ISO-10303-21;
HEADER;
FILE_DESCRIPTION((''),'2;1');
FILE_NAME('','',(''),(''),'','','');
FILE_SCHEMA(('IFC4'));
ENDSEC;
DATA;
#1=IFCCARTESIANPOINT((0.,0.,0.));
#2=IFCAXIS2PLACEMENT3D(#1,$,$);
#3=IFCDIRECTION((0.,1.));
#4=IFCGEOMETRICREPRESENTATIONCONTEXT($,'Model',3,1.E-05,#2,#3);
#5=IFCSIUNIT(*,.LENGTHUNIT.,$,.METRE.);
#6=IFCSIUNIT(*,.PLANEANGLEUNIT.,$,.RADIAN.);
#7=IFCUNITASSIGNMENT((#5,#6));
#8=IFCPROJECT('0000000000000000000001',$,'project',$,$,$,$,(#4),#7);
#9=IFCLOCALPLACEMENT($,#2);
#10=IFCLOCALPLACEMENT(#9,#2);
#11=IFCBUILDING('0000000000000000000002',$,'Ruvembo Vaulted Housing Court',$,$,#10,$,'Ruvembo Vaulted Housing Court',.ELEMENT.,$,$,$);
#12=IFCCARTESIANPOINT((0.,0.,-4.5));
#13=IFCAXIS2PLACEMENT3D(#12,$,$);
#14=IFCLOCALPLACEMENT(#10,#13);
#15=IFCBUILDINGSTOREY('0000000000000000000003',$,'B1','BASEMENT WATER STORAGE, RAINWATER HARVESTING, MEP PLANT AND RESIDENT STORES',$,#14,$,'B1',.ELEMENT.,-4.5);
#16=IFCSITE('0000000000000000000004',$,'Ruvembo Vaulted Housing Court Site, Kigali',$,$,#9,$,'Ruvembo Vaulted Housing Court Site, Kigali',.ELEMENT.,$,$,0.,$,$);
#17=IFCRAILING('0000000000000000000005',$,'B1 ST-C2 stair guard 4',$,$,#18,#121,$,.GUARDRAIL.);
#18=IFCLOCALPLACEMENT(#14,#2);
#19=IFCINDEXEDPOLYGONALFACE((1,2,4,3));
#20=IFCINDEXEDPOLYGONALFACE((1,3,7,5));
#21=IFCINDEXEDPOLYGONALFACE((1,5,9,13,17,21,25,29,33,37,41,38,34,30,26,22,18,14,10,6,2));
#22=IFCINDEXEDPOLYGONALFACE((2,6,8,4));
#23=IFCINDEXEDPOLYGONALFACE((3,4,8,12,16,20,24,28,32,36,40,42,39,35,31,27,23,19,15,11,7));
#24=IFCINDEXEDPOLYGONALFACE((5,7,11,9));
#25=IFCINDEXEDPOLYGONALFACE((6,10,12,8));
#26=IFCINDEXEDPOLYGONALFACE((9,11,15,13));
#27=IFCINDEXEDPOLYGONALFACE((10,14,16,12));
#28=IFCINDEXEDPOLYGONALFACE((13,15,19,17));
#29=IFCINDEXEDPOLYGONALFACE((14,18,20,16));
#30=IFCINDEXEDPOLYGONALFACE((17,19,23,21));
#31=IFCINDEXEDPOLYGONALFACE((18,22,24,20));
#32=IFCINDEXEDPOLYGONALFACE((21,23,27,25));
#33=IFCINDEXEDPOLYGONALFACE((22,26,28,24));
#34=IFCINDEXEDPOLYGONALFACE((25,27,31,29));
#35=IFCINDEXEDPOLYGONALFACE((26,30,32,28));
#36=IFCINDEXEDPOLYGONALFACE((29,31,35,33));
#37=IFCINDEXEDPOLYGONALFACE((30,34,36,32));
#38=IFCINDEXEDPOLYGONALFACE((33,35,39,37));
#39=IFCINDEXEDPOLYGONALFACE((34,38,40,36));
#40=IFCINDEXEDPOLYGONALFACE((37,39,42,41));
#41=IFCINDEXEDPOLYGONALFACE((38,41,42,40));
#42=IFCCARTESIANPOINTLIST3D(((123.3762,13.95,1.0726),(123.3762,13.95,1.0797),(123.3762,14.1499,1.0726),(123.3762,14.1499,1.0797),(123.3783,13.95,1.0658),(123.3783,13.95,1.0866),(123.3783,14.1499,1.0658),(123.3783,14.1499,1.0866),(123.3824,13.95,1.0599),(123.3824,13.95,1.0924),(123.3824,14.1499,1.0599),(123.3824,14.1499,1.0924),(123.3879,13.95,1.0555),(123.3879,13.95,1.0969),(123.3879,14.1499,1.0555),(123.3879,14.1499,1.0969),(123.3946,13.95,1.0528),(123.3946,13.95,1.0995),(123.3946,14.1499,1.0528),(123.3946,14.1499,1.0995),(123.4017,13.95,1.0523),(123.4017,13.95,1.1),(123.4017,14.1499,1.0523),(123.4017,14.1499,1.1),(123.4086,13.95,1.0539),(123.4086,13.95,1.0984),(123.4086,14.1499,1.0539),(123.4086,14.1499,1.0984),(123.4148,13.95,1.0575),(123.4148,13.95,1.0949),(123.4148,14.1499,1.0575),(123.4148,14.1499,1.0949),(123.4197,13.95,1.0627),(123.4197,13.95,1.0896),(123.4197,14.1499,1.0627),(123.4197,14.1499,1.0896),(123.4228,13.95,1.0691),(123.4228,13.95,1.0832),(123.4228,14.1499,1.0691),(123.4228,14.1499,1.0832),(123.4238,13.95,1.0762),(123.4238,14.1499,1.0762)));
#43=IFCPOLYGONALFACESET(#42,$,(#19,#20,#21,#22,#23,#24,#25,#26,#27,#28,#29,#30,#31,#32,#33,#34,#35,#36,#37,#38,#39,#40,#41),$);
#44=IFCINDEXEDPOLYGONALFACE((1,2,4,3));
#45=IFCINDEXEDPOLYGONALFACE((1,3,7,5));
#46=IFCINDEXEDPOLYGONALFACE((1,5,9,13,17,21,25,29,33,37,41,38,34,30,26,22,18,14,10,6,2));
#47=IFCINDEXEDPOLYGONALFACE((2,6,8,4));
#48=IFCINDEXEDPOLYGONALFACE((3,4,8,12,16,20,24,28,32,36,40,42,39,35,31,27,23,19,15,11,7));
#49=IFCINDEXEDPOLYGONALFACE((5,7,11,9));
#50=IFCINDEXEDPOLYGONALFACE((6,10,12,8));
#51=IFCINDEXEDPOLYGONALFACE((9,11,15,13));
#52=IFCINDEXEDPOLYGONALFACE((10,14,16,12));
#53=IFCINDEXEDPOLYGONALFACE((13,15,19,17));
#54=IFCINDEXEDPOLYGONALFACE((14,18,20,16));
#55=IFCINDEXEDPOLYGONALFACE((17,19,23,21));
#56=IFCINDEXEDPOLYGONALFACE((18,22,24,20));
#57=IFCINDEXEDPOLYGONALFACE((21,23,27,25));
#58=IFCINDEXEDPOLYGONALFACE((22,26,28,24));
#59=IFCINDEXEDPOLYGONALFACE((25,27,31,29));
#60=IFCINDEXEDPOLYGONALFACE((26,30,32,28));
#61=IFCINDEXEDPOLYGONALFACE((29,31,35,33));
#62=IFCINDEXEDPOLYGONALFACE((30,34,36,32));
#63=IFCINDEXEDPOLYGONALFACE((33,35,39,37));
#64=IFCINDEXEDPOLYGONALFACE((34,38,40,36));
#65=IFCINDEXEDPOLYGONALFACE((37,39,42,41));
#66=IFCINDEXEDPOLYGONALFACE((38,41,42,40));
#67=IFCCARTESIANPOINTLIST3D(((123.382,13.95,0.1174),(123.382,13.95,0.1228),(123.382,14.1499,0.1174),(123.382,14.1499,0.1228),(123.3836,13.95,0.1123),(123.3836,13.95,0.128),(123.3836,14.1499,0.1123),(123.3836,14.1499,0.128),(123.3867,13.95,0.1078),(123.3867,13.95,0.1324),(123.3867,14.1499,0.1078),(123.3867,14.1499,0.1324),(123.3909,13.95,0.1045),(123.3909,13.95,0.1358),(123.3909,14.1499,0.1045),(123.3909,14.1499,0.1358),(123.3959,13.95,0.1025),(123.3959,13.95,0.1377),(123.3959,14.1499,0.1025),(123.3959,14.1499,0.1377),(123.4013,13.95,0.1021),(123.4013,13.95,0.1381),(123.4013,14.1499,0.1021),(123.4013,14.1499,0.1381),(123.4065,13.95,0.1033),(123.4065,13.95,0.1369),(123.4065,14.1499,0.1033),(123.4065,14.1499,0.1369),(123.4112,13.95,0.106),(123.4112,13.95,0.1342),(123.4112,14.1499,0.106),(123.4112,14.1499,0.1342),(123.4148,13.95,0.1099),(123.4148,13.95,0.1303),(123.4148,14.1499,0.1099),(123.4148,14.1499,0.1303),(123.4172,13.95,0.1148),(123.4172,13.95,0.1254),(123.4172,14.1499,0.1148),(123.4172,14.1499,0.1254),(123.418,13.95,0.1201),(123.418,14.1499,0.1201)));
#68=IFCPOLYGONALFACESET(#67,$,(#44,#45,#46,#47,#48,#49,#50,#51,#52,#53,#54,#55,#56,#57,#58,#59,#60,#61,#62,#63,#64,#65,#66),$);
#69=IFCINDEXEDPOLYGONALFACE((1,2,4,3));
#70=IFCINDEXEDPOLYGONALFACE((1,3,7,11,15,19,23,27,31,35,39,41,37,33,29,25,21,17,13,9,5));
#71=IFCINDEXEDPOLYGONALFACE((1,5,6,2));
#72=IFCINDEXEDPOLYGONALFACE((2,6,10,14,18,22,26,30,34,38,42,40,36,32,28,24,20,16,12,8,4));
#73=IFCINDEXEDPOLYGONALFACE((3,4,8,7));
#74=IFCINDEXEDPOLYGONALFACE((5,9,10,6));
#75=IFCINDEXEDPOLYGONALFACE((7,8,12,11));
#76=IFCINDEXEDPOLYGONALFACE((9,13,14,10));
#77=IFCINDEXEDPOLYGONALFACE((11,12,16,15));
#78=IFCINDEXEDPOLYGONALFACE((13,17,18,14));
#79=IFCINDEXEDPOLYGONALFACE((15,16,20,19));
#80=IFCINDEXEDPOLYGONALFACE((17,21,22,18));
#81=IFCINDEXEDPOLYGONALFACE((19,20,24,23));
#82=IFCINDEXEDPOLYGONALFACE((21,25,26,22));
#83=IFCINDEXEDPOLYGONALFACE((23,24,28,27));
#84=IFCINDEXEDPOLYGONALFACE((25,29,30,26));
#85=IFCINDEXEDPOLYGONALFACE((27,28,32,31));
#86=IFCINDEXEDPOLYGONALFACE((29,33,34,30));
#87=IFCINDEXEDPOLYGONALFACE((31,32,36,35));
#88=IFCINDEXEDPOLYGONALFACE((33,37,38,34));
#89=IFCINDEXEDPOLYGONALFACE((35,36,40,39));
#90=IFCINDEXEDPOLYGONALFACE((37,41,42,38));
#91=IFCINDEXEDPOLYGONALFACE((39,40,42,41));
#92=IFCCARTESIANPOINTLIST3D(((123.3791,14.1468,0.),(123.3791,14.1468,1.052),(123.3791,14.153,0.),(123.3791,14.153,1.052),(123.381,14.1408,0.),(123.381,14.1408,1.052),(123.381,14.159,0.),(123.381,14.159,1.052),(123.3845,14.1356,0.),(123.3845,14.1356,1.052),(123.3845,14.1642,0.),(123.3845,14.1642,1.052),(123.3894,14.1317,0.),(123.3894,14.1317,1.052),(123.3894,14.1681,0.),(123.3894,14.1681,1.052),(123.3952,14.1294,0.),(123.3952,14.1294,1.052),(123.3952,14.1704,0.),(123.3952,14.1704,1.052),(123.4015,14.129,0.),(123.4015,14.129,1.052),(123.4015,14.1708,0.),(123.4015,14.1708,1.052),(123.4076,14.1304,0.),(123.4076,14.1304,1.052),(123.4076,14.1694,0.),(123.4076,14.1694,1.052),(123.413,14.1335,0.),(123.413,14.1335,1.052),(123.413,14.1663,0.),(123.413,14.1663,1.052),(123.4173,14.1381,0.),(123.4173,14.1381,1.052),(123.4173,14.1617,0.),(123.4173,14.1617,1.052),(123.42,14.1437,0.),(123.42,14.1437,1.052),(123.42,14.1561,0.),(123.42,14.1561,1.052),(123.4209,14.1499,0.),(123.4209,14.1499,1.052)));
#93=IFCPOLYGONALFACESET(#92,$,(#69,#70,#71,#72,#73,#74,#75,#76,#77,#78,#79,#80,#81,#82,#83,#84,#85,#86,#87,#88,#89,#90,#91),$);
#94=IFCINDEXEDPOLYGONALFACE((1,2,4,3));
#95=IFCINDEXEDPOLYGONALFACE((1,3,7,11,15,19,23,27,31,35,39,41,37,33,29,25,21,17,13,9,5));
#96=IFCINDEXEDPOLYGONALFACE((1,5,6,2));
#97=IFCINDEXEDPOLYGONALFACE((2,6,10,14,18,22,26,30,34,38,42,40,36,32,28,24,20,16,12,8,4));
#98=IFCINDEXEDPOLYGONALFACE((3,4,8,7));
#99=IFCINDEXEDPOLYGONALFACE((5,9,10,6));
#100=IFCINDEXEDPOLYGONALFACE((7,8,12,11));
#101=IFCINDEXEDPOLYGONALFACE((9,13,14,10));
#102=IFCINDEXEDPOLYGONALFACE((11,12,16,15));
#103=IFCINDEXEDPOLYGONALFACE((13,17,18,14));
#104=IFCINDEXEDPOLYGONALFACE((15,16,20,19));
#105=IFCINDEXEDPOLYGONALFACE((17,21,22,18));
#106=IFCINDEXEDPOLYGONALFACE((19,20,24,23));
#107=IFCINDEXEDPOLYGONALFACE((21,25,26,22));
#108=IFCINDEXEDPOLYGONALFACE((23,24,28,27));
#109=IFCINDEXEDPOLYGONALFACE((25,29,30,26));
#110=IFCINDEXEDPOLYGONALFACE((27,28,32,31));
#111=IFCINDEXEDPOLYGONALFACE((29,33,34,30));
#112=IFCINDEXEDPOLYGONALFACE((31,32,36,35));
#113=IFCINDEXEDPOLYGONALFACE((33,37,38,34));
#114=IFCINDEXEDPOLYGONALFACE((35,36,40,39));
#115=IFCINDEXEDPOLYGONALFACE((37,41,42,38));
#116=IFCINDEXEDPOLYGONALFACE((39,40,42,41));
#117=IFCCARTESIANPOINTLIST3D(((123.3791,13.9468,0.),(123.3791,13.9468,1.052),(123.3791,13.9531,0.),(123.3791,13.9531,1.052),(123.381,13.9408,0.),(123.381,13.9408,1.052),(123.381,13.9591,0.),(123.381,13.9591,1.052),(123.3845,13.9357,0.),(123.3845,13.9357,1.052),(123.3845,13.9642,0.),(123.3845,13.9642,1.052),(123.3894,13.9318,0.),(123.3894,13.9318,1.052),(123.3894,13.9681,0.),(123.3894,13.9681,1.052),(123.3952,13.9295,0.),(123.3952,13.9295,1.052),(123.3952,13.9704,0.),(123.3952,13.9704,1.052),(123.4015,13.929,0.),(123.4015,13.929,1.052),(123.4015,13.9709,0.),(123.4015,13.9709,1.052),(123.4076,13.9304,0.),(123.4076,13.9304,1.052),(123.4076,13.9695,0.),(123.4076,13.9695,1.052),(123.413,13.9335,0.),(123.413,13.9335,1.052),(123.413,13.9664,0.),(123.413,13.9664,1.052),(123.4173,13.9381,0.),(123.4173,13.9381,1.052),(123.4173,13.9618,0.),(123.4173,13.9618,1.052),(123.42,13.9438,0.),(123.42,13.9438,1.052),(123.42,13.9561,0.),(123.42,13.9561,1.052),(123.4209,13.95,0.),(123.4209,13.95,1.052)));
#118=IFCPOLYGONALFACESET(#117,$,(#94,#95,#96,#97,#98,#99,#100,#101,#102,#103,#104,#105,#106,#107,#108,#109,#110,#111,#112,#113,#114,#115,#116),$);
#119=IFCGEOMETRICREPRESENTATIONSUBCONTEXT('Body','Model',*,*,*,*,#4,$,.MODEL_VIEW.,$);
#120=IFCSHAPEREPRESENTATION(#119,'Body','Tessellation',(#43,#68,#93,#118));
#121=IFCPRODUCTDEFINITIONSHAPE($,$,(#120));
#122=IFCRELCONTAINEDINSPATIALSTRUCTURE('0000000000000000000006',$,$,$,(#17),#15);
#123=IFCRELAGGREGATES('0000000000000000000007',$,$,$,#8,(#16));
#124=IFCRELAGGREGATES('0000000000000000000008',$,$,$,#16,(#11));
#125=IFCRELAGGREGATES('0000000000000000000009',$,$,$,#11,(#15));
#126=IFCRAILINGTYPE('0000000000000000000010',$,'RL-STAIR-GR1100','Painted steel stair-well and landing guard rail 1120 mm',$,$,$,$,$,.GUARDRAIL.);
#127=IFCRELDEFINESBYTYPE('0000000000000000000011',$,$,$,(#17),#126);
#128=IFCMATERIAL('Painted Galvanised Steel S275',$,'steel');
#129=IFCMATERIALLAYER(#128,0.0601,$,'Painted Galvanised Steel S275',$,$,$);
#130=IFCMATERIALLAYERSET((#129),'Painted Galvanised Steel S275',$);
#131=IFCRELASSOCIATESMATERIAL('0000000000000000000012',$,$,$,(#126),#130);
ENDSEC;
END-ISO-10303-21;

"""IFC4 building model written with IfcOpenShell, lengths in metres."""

from ifc_helpers import new_model, si_unit, direction, frame, origin, origin_2d, place, context, subcontext, project, spatial, circle, extrude, material, layer, layer_set, type_object, element, save


model = new_model("IFC4")

# Units and contexts
model_context = context("Model", 3, precision=1e-05, world=origin(), true_north=direction((0.0, 1.0)))
body_context = subcontext(model_context, "Body", "Model", "MODEL_VIEW")
ifc_project = project(units=[si_unit("LENGTHUNIT", "METRE"), si_unit("PLANEANGLEUNIT", "RADIAN")], contexts=[model_context])

# Site, building, storey
site_placement = place(None, origin())
site = spatial("IfcSite", under=ifc_project, at=site_placement, Name="Ruvembo Vaulted Housing Court Site, Kigali", LongName="Ruvembo Vaulted Housing Court Site, Kigali", CompositionType="ELEMENT", RefElevation=0.0)
building_placement = place(site_placement, origin())
building = spatial("IfcBuilding", under=site, at=building_placement, Name="Ruvembo Vaulted Housing Court", LongName="Ruvembo Vaulted Housing Court", CompositionType="ELEMENT")
storey_placement = place(building_placement, frame((0.0, 0.0, -4.5)))
storey = spatial("IfcBuildingStorey", under=building, at=storey_placement, Name="B1", Description="BASEMENT WATER STORAGE, RAINWATER HARVESTING, MEP PLANT AND RESIDENT STORES", LongName="B1", CompositionType="ELEMENT", Elevation=-4.5)

# Railing
ifc_material_1 = material(Name="Painted Galvanised Steel S275", Category="steel")
ifc_layer_1 = layer(ifc_material_1, 0.0601, Name="Painted Galvanised Steel S275")
ifc_layer_set_1 = layer_set([ifc_layer_1], Name="Painted Galvanised Steel S275")
railing_type_1 = type_object("IfcRailingType", Name="RL-STAIR-GR1100", Description="Painted steel stair-well and landing guard rail 1120 mm", PredefinedType="GUARDRAIL", material=ifc_layer_set_1)
railing_1_placement = place(storey_placement, frame((123.3999, 14.1499, 0.0)))
element("IfcRailing", 1, at=railing_1_placement, inside=storey, type_object=railing_type_1, Name="B1 ST-C2 stair guard 4", PredefinedType="GUARDRAIL", context=body_context, shape_type="SweptSolid", body=[
    extrude(circle(Radius=0.0239, at=origin_2d()), frame((0.0, 0.0, 1.0762), z_axis=(0.0, -1.0, 0.0), x_axis=(1.0, 0.0, 0.0)), (0.0, 0.0, 1.0), 0.2),
    extrude(circle(Radius=0.0181, at=origin_2d()), frame((0.0, 0.0, 0.1201), z_axis=(0.0, -1.0, 0.0), x_axis=(1.0, 0.0, 0.0)), (0.0, 0.0, 1.0), 0.2),
    extrude(circle(Radius=0.021, at=origin_2d()), origin(), (0.0, 0.0, 1.0), 1.052),
    extrude(circle(Radius=0.021, at=origin_2d()), frame((0.0, -0.2, 0.0)), (0.0, 0.0, 1.0), 1.052),
])

save(model, "model.ifc")
